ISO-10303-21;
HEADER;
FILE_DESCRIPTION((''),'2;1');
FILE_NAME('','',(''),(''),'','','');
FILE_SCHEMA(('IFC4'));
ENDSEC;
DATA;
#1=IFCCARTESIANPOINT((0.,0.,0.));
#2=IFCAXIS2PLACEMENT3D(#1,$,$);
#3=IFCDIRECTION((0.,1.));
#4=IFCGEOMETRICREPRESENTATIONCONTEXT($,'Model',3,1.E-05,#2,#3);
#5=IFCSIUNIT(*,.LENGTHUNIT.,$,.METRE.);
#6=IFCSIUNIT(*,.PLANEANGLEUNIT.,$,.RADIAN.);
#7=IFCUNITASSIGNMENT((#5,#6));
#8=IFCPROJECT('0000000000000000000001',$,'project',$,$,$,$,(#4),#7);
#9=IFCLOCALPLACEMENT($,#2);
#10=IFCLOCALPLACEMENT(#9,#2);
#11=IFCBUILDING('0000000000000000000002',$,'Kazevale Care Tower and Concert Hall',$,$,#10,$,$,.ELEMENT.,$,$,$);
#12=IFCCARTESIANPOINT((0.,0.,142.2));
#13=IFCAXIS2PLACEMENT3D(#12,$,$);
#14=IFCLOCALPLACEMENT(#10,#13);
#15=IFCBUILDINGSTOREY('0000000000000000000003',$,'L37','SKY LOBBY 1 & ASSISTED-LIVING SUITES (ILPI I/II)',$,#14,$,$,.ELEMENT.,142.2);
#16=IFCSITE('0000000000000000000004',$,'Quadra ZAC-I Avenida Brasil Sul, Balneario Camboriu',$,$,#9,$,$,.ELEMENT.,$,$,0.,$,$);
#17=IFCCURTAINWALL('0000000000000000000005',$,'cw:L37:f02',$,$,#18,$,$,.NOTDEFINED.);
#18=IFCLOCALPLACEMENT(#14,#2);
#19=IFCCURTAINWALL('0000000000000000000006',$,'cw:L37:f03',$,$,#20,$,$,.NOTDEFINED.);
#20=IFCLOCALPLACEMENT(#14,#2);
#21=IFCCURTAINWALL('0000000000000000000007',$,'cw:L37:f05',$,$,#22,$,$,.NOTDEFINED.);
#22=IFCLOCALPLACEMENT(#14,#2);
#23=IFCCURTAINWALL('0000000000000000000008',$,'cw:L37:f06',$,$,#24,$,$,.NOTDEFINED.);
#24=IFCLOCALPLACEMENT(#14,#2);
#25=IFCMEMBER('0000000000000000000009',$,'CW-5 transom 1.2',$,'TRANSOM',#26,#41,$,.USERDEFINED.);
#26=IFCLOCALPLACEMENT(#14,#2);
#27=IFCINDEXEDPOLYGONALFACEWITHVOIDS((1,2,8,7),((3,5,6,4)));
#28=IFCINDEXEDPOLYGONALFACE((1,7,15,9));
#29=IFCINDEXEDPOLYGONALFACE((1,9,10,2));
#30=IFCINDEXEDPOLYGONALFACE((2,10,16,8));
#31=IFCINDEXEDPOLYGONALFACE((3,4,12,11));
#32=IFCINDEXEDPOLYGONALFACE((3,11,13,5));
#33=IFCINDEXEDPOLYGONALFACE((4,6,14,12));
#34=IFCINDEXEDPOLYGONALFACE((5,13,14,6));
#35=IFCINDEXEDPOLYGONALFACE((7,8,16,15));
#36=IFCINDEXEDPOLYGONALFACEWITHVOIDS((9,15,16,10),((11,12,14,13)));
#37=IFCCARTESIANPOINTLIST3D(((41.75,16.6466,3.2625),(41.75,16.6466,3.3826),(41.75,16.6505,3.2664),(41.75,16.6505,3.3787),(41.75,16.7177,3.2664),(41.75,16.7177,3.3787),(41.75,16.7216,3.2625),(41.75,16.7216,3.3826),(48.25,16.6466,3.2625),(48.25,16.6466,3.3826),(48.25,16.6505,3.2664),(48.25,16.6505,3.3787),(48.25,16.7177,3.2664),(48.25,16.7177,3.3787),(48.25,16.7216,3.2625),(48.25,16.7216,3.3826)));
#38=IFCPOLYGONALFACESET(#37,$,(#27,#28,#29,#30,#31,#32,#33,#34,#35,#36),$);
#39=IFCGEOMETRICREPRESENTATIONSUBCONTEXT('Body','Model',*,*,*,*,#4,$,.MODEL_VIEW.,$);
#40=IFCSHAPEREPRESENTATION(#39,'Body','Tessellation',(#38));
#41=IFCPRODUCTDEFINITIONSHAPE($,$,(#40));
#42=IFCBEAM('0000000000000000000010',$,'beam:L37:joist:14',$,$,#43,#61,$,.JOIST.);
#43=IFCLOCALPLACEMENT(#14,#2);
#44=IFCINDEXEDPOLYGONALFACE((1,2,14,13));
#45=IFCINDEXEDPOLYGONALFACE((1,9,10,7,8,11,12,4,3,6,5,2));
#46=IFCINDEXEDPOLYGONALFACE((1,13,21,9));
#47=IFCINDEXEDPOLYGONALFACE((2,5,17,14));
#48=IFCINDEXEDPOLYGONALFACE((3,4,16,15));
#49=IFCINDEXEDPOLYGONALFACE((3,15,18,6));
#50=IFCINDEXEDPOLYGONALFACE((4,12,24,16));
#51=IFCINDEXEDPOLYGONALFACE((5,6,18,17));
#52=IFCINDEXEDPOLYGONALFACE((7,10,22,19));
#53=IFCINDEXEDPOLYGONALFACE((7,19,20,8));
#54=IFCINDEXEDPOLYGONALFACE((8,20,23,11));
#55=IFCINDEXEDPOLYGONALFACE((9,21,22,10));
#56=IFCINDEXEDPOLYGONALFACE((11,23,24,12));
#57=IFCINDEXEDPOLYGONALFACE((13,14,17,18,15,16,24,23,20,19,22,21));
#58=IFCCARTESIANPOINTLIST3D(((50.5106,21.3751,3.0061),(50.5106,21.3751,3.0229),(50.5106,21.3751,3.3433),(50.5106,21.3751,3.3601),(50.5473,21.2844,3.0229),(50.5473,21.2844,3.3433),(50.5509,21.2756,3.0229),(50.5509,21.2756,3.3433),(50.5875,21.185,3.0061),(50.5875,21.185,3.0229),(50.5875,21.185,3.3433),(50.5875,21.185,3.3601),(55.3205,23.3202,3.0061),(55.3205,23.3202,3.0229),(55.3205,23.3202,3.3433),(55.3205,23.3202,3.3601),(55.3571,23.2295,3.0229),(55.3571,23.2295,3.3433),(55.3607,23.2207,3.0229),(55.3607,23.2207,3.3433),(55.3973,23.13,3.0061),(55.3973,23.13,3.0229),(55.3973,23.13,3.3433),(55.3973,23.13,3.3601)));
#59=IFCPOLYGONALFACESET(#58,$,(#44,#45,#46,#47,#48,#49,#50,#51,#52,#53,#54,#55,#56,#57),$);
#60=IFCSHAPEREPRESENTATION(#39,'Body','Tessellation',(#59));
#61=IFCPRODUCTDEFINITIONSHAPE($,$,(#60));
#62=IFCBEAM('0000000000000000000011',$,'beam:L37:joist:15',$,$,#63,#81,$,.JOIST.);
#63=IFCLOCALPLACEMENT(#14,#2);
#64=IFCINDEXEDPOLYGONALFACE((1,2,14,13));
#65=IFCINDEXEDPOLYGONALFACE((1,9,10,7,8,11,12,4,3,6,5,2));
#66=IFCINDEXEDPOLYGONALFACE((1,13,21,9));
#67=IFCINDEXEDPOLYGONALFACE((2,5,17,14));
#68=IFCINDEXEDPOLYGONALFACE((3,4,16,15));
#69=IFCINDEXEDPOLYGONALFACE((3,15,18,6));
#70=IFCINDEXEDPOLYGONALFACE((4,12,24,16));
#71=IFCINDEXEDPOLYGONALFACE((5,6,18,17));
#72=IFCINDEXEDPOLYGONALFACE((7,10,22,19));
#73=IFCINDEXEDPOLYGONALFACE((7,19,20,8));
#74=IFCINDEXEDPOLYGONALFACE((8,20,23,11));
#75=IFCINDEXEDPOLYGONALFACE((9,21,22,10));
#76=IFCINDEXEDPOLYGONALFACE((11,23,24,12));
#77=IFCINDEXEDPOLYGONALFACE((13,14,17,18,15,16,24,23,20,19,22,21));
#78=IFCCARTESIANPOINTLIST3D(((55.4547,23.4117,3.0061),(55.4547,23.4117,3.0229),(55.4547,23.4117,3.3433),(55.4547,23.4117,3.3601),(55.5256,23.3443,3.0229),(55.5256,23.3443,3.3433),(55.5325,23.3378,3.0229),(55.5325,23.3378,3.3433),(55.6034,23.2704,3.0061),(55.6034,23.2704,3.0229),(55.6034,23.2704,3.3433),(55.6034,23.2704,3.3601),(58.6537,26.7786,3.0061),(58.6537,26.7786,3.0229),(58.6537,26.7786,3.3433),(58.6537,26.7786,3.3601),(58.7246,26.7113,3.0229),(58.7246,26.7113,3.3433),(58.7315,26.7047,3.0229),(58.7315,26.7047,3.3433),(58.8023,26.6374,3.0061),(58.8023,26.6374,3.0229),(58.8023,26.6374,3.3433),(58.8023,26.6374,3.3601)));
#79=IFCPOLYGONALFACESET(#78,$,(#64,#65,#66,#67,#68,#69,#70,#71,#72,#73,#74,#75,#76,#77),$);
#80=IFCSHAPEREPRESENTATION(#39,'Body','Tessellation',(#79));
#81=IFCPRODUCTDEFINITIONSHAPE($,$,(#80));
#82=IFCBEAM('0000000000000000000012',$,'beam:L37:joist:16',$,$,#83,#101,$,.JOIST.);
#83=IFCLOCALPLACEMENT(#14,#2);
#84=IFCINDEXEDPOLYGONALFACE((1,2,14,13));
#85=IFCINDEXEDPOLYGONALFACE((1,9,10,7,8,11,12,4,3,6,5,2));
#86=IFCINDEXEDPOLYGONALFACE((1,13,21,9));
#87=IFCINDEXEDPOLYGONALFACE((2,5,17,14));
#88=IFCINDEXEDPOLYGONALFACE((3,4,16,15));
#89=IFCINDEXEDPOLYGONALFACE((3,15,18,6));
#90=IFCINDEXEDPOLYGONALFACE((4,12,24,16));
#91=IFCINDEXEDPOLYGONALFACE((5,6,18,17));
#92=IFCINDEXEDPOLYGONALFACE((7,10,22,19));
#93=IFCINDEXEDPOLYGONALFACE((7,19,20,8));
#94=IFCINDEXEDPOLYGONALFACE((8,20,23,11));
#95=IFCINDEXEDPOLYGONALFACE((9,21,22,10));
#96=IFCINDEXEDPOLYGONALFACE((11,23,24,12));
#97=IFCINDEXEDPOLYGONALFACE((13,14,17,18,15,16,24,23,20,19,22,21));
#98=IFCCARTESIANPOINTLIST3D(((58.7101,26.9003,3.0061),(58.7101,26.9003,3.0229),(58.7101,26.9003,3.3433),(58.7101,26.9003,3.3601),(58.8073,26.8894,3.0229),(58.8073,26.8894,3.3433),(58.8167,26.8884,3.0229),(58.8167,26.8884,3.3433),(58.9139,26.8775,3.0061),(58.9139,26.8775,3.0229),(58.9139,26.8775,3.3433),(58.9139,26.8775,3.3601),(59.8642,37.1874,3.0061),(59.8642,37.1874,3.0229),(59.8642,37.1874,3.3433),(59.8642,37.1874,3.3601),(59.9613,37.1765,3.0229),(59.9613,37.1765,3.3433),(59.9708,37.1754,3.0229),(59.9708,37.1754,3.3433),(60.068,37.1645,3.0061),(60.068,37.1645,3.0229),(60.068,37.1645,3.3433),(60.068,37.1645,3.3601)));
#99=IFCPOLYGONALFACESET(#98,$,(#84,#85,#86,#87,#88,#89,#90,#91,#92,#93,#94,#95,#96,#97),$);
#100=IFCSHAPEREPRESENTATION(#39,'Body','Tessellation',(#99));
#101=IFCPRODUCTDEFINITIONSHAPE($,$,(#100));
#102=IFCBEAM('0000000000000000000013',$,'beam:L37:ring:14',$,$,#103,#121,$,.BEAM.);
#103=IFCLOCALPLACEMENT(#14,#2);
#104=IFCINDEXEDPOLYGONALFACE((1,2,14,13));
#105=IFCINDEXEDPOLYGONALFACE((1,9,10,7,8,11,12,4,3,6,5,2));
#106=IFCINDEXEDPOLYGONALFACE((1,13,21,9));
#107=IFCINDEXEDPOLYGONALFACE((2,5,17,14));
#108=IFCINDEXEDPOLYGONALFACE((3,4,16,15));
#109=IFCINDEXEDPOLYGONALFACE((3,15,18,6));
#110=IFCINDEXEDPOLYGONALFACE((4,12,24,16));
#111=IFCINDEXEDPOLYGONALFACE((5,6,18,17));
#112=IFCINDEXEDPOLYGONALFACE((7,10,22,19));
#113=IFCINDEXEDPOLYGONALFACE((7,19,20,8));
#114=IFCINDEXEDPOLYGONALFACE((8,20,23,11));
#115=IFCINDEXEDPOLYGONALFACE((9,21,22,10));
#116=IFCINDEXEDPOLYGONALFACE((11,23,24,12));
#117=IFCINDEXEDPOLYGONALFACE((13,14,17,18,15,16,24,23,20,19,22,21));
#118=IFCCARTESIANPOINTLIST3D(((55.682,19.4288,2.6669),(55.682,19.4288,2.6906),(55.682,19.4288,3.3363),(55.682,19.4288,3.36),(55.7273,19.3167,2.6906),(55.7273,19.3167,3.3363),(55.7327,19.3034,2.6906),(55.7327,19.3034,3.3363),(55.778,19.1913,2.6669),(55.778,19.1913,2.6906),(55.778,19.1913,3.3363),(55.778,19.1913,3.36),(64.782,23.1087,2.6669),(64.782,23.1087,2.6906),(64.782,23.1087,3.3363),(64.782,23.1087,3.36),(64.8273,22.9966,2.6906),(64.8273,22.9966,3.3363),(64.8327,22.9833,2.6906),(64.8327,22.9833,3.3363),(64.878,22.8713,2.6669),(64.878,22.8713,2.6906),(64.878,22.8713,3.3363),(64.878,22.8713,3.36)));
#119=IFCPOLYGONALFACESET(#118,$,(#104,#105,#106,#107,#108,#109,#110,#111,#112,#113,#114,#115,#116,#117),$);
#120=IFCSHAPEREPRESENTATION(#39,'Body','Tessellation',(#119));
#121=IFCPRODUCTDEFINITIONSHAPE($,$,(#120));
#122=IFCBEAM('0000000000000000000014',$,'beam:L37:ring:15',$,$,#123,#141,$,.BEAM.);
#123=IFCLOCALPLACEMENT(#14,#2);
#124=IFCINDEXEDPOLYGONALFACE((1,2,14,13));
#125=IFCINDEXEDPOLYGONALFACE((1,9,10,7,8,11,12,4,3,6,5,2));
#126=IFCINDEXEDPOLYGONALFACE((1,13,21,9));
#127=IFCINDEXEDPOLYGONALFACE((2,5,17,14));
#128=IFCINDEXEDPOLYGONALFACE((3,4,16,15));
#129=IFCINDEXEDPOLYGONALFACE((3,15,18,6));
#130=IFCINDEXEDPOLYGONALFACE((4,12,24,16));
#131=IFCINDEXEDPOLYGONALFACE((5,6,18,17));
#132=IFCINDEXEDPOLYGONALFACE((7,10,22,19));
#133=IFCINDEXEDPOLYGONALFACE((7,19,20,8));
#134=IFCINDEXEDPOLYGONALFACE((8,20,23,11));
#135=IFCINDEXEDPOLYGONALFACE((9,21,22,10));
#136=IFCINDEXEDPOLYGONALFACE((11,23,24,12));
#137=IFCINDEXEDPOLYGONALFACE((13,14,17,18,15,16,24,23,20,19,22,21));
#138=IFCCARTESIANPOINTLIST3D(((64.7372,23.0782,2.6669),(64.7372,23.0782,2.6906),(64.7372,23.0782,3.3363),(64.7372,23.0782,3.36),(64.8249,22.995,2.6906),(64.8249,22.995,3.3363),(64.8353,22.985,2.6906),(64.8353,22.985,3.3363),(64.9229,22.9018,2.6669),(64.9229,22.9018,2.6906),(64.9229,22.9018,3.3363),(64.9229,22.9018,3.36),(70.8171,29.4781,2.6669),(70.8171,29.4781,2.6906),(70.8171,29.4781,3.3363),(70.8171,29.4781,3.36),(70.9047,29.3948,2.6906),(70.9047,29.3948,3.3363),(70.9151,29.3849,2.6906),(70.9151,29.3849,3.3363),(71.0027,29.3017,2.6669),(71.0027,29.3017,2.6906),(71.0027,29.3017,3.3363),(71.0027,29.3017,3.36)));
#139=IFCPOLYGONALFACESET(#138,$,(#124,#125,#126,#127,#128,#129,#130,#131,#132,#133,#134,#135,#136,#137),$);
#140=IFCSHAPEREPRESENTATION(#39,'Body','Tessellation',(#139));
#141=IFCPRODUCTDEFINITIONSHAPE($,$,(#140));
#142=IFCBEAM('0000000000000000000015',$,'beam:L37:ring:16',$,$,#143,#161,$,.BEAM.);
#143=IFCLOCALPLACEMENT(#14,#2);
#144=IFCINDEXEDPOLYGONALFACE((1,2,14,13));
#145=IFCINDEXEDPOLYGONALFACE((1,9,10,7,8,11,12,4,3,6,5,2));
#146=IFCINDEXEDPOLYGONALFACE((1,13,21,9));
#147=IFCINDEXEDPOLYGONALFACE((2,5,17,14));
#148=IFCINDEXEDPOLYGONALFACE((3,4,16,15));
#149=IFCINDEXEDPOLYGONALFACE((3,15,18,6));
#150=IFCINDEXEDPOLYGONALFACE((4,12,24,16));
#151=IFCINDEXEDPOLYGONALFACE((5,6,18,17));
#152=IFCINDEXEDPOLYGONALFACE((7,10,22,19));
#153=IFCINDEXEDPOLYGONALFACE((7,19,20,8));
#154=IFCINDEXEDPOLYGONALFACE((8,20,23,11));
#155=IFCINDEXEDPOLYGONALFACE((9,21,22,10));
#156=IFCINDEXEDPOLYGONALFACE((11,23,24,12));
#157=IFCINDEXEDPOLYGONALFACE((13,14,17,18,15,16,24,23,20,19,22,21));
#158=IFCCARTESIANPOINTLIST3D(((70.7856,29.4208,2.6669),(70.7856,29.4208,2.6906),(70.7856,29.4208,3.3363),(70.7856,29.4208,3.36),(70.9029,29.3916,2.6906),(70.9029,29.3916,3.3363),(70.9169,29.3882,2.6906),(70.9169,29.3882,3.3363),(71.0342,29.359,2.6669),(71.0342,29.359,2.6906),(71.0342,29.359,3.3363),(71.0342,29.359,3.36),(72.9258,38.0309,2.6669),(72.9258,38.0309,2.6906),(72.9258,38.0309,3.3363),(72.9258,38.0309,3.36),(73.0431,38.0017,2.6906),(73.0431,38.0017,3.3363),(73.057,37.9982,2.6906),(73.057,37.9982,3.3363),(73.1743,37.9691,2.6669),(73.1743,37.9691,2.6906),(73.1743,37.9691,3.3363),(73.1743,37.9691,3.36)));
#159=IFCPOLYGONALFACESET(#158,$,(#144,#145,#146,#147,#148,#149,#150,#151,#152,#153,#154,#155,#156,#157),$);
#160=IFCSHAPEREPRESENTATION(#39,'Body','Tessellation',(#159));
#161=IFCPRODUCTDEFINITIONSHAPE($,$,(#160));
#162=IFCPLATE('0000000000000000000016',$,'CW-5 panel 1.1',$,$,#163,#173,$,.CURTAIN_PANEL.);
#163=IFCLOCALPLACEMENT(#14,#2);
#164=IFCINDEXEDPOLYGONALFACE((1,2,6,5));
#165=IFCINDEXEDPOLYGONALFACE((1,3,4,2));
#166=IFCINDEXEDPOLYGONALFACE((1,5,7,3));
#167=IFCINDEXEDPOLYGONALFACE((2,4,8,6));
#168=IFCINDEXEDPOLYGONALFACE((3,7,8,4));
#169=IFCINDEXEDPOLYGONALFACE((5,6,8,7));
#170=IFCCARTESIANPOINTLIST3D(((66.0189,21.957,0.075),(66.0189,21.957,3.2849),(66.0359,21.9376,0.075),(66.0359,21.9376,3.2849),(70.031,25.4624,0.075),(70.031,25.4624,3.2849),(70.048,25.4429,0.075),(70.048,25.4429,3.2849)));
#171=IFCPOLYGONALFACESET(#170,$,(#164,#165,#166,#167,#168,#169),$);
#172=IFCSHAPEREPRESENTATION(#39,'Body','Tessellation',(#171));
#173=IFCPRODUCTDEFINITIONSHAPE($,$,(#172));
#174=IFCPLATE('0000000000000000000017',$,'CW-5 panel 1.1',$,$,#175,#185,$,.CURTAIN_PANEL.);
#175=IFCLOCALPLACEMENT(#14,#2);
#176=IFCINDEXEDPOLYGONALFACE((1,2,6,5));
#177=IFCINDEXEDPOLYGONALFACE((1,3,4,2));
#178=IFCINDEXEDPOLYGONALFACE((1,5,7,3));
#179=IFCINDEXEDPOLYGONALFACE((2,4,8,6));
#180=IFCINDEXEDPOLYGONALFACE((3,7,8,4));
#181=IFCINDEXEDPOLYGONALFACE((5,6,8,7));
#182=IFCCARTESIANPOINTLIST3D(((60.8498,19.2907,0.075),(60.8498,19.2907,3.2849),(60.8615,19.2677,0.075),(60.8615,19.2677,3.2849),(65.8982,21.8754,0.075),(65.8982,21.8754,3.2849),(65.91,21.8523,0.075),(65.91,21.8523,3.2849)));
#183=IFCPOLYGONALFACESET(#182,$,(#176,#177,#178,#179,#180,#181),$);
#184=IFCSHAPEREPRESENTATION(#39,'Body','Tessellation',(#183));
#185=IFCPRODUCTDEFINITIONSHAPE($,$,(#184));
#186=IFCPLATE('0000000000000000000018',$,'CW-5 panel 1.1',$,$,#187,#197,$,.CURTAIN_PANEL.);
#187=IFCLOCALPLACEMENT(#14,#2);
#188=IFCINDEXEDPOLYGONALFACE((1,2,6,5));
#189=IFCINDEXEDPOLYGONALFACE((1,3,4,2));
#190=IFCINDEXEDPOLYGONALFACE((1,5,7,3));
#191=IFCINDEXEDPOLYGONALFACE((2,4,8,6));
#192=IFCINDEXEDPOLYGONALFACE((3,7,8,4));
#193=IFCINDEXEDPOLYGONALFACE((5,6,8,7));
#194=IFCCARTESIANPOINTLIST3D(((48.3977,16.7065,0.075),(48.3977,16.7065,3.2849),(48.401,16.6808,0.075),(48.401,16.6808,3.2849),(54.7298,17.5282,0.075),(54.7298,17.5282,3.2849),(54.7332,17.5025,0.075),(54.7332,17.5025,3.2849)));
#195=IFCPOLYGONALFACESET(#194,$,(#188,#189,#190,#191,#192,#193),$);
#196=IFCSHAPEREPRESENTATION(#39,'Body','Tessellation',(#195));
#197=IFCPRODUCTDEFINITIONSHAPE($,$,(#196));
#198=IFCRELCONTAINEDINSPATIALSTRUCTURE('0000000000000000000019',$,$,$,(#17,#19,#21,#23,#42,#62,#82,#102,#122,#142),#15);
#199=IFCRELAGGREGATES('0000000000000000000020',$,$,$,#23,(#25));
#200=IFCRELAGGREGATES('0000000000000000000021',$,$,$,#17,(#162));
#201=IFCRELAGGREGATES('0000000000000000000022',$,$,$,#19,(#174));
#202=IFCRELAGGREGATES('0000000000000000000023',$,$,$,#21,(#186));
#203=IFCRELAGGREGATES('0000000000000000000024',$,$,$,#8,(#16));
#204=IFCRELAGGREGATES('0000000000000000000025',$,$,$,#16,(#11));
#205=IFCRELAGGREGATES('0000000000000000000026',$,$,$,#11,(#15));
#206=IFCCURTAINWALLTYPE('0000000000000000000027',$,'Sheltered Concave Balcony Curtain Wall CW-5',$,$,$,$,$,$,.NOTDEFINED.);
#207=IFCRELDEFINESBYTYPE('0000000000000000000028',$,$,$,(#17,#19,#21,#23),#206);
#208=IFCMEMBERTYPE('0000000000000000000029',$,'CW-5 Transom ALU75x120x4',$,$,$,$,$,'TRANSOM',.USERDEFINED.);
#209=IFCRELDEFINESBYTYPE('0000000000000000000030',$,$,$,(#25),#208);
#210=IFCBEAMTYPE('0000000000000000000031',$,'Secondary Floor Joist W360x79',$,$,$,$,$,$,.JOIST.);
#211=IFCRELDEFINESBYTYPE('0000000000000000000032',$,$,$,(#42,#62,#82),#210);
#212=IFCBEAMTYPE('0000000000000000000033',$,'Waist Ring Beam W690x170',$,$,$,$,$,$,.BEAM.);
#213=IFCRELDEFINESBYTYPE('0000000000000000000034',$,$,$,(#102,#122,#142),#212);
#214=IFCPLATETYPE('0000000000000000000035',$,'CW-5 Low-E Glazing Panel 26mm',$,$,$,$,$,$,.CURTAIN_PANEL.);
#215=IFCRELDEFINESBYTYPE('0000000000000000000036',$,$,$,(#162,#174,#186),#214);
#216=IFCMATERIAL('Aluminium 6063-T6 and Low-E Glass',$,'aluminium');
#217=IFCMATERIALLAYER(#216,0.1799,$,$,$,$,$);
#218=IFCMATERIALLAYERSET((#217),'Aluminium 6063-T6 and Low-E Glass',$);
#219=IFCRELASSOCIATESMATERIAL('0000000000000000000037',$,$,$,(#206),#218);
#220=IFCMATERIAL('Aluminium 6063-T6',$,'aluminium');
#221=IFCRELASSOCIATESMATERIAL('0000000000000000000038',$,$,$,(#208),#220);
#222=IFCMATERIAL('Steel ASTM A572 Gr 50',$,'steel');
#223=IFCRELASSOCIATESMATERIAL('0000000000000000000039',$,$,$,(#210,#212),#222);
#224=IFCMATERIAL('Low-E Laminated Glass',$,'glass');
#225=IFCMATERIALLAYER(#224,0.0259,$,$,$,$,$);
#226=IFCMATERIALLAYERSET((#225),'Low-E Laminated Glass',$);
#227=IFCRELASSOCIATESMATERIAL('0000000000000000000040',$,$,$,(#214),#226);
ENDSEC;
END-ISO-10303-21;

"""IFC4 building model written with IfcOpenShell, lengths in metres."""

from ifc_helpers import new_model, si_unit, direction, frame, origin, origin_2d, place, context, subcontext, project, spatial, rectangle, hollow_rectangle, i_section, extrude, material, layer, layer_set, material_profile, profile_set, type_object, element, aggregate, save


model = new_model("IFC4")

# Units and contexts
model_context = context("Model", 3, precision=1e-05, world=origin(), true_north=direction((0.0, 1.0)))
body_context = subcontext(model_context, "Body", "Model", "MODEL_VIEW")
ifc_project = project(units=[si_unit("LENGTHUNIT", "METRE"), si_unit("PLANEANGLEUNIT", "RADIAN")], contexts=[model_context])

# Site, building, storey
site_placement = place(None, origin())
site = spatial("IfcSite", under=ifc_project, at=site_placement, Name="Quadra ZAC-I Avenida Brasil Sul, Balneario Camboriu", CompositionType="ELEMENT", RefElevation=0.0)
building_placement = place(site_placement, origin())
building = spatial("IfcBuilding", under=site, at=building_placement, Name="Kazevale Care Tower and Concert Hall", CompositionType="ELEMENT")
storey_placement = place(building_placement, frame((0.0, 0.0, 142.2)))
storey = spatial("IfcBuildingStorey", under=building, at=storey_placement, Name="L37", Description="SKY LOBBY 1 & ASSISTED-LIVING SUITES (ILPI I/II)", CompositionType="ELEMENT", Elevation=142.2)

# Curtain walls
ifc_material_1 = material(Name="Aluminium 6063-T6 and Low-E Glass", Category="aluminium")
ifc_layer_1 = layer(ifc_material_1, 0.1799)
ifc_layer_set_1 = layer_set([ifc_layer_1], Name="Aluminium 6063-T6 and Low-E Glass")
curtain_wall_type = type_object("IfcCurtainWallType", Name="Sheltered Concave Balcony Curtain Wall CW-5", PredefinedType="NOTDEFINED", material=ifc_layer_set_1)
curtain_wall_1_placement = place(storey_placement, origin())
curtain_wall_1 = element("IfcCurtainWall", 1, at=curtain_wall_1_placement, inside=storey, type_object=curtain_wall_type, Name="cw:L37:f02", PredefinedType="NOTDEFINED")
ifc_material_2 = material(Name="Aluminium 6063-T6", Category="aluminium")
curtain_wall_2_placement = place(storey_placement, origin())
curtain_wall_2 = element("IfcCurtainWall", 2, at=curtain_wall_2_placement, inside=storey, type_object=curtain_wall_type, Name="cw:L37:f03", PredefinedType="NOTDEFINED")
curtain_wall_3_placement = place(storey_placement, origin())
curtain_wall_3 = element("IfcCurtainWall", 3, at=curtain_wall_3_placement, inside=storey, type_object=curtain_wall_type, Name="cw:L37:f05", PredefinedType="NOTDEFINED")

# Curtain wall
curtain_wall_4_placement = place(storey_placement, origin())
curtain_wall_4 = element("IfcCurtainWall", 4, at=curtain_wall_4_placement, inside=storey, type_object=curtain_wall_type, Name="cw:L37:f06", PredefinedType="NOTDEFINED")

# Member
ifc_material_profile_1 = material_profile(ifc_material_2, hollow_rectangle(XDim=0.075, YDim=0.1201, WallThickness=0.0039, at=origin_2d()), Name="ALU75x120x4")
ifc_profile_set_1 = profile_set([ifc_material_profile_1], Name="Aluminium 6063-T6")
member_type_1 = type_object("IfcMemberType", Name="CW-5 Transom ALU75x120x4", ElementType="TRANSOM", PredefinedType="USERDEFINED", material=ifc_profile_set_1)
member_1_placement = place(storey_placement, frame((48.25, 16.6841, 3.3225), z_axis=(-1.0, 0.0, 0.0), x_axis=(0.0, -1.0, 0.0)))
member_1 = element("IfcMember", 5, at=member_1_placement, type_object=member_type_1, Name="CW-5 transom 1.2", ObjectType="TRANSOM", PredefinedType="USERDEFINED", context=body_context, shape_type="SweptSolid", body=[
    extrude(hollow_rectangle(XDim=0.075, YDim=0.1201, WallThickness=0.0039, at=origin_2d()), origin(), (0.0, 0.0, 1.0), 6.5),
])
aggregate(curtain_wall_4, [member_1])

# Beams
ifc_material_3 = material(Name="Steel ASTM A572 Gr 50", Category="steel")
ifc_material_profile_2 = material_profile(ifc_material_3, i_section(OverallWidth=0.2051, OverallDepth=0.354, WebThickness=0.0095, FlangeThickness=0.0168, at=origin_2d()), Name="W360x79")
ifc_profile_set_2 = profile_set([ifc_material_profile_2], Name="Steel ASTM A572 Gr 50")
beam_type_1 = type_object("IfcBeamType", Name="Secondary Floor Joist W360x79", PredefinedType="JOIST", material=ifc_profile_set_2)
beam_1_placement = place(storey_placement, frame((50.5491, 21.28, 3.1831), z_axis=(0.927065, 0.374901, 0.0), x_axis=(-0.374901, 0.927065, 0.0)))
element("IfcBeam", 6, at=beam_1_placement, inside=storey, type_object=beam_type_1, Name="beam:L37:joist:14", PredefinedType="JOIST", context=body_context, shape_type="SweptSolid", body=[
    extrude(i_section(OverallWidth=0.2051, OverallDepth=0.354, WebThickness=0.0095, FlangeThickness=0.0168, at=origin_2d()), origin(), (0.0, 0.0, 1.0), 5.1882),
])
beam_2_placement = place(storey_placement, frame((55.5291, 23.3411, 3.1831), z_axis=(0.688792, 0.724959, 0.0), x_axis=(-0.724959, 0.688792, 0.0)))
element("IfcBeam", 7, at=beam_2_placement, inside=storey, type_object=beam_type_1, Name="beam:L37:joist:15", PredefinedType="JOIST", context=body_context, shape_type="SweptSolid", body=[
    extrude(i_section(OverallWidth=0.2051, OverallDepth=0.354, WebThickness=0.0095, FlangeThickness=0.0168, at=origin_2d()), origin(), (0.0, 0.0, 1.0), 4.6443),
])
beam_3_placement = place(storey_placement, frame((58.812, 26.8889, 3.1831), z_axis=(0.111485, 0.993766, 0.0), x_axis=(-0.993766, 0.111485, 0.0)))
element("IfcBeam", 8, at=beam_3_placement, inside=storey, type_object=beam_type_1, Name="beam:L37:joist:16", PredefinedType="JOIST", context=body_context, shape_type="SweptSolid", body=[
    extrude(i_section(OverallWidth=0.2051, OverallDepth=0.354, WebThickness=0.0095, FlangeThickness=0.0168, at=origin_2d()), origin(), (0.0, 0.0, 1.0), 10.3516),
])
ifc_material_profile_3 = material_profile(ifc_material_3, i_section(OverallWidth=0.2561, OverallDepth=0.6931, WebThickness=0.0144, FlangeThickness=0.0237, at=origin_2d()), Name="W690x170")
ifc_profile_set_3 = profile_set([ifc_material_profile_3], Name="Steel ASTM A572 Gr 50")
beam_type_2 = type_object("IfcBeamType", Name="Waist Ring Beam W690x170", PredefinedType="BEAM", material=ifc_profile_set_3)
beam_4_placement = place(storey_placement, frame((55.73, 19.3101, 3.0134), z_axis=(0.927069, 0.374892, 0.0), x_axis=(-0.374892, 0.927069, 0.0)))
element("IfcBeam", 9, at=beam_4_placement, inside=storey, type_object=beam_type_2, Name="beam:L37:ring:14", PredefinedType="BEAM", context=body_context, shape_type="SweptSolid", body=[
    extrude(i_section(OverallWidth=0.2561, OverallDepth=0.6931, WebThickness=0.0144, FlangeThickness=0.0237, at=origin_2d()), origin(), (0.0, 0.0, 1.0), 9.8159),
])
beam_5_placement = place(storey_placement, frame((64.8301, 22.99, 3.0134), z_axis=(0.688745, 0.725004, 0.0), x_axis=(-0.725004, 0.688745, 0.0)))
element("IfcBeam", 10, at=beam_5_placement, inside=storey, type_object=beam_type_2, Name="beam:L37:ring:15", PredefinedType="BEAM", context=body_context, shape_type="SweptSolid", body=[
    extrude(i_section(OverallWidth=0.2561, OverallDepth=0.6931, WebThickness=0.0144, FlangeThickness=0.0237, at=origin_2d()), origin(), (0.0, 0.0, 1.0), 8.8274),
])
beam_6_placement = place(storey_placement, frame((70.9099, 29.3899, 3.0134), z_axis=(0.241221, 0.97047, 0.0), x_axis=(-0.97047, 0.241221, 0.0)))
element("IfcBeam", 11, at=beam_6_placement, inside=storey, type_object=beam_type_2, Name="beam:L37:ring:16", PredefinedType="BEAM", context=body_context, shape_type="SweptSolid", body=[
    extrude(i_section(OverallWidth=0.2561, OverallDepth=0.6931, WebThickness=0.0144, FlangeThickness=0.0237, at=origin_2d()), origin(), (0.0, 0.0, 1.0), 8.8721),
])

# Plates
ifc_material_4 = material(Name="Low-E Laminated Glass", Category="glass")
ifc_layer_2 = layer(ifc_material_4, 0.0259)
ifc_layer_set_2 = layer_set([ifc_layer_2], Name="Low-E Laminated Glass")
plate_type = type_object("IfcPlateType", Name="CW-5 Low-E Glazing Panel 26mm", PredefinedType="CURTAIN_PANEL", material=ifc_layer_set_2)
plate_1_placement = place(storey_placement, frame((68.0334, 23.7, 0.075), z_axis=(0.0, 0.0, 1.0), x_axis=(-0.753063, -0.657949, 0.0)))
plate_1 = element("IfcPlate", 12, at=plate_1_placement, type_object=plate_type, Name="CW-5 panel 1.1", PredefinedType="CURTAIN_PANEL", context=body_context, shape_type="SweptSolid", body=[
    extrude(rectangle(XDim=5.3276, YDim=0.0259, at=origin_2d()), origin(), (0.0, 0.0, 1.0), 3.21),
])
aggregate(curtain_wall_1, [plate_1])
plate_2_placement = place(storey_placement, frame((63.3799, 20.5715, 0.075), z_axis=(0.0, 0.0, 1.0), x_axis=(-0.890127, -0.455713, 0.0)))
plate_2 = element("IfcPlate", 13, at=plate_2_placement, type_object=plate_type, Name="CW-5 panel 1.1", PredefinedType="CURTAIN_PANEL", context=body_context, shape_type="SweptSolid", body=[
    extrude(rectangle(XDim=5.6716, YDim=0.0259, at=origin_2d()), origin(), (0.0, 0.0, 1.0), 3.21),
])
aggregate(curtain_wall_2, [plate_2])
plate_3_placement = place(storey_placement, frame((51.5654, 17.1045, 0.075), z_axis=(0.0, 0.0, 1.0), x_axis=(-0.991686, -0.128685, 0.0)))
plate_3 = element("IfcPlate", 14, at=plate_3_placement, type_object=plate_type, Name="CW-5 panel 1.1", PredefinedType="CURTAIN_PANEL", context=body_context, shape_type="SweptSolid", body=[
    extrude(rectangle(XDim=6.3853, YDim=0.0259, at=origin_2d()), origin(), (0.0, 0.0, 1.0), 3.21),
])
aggregate(curtain_wall_3, [plate_3])

save(model, "model.ifc")
